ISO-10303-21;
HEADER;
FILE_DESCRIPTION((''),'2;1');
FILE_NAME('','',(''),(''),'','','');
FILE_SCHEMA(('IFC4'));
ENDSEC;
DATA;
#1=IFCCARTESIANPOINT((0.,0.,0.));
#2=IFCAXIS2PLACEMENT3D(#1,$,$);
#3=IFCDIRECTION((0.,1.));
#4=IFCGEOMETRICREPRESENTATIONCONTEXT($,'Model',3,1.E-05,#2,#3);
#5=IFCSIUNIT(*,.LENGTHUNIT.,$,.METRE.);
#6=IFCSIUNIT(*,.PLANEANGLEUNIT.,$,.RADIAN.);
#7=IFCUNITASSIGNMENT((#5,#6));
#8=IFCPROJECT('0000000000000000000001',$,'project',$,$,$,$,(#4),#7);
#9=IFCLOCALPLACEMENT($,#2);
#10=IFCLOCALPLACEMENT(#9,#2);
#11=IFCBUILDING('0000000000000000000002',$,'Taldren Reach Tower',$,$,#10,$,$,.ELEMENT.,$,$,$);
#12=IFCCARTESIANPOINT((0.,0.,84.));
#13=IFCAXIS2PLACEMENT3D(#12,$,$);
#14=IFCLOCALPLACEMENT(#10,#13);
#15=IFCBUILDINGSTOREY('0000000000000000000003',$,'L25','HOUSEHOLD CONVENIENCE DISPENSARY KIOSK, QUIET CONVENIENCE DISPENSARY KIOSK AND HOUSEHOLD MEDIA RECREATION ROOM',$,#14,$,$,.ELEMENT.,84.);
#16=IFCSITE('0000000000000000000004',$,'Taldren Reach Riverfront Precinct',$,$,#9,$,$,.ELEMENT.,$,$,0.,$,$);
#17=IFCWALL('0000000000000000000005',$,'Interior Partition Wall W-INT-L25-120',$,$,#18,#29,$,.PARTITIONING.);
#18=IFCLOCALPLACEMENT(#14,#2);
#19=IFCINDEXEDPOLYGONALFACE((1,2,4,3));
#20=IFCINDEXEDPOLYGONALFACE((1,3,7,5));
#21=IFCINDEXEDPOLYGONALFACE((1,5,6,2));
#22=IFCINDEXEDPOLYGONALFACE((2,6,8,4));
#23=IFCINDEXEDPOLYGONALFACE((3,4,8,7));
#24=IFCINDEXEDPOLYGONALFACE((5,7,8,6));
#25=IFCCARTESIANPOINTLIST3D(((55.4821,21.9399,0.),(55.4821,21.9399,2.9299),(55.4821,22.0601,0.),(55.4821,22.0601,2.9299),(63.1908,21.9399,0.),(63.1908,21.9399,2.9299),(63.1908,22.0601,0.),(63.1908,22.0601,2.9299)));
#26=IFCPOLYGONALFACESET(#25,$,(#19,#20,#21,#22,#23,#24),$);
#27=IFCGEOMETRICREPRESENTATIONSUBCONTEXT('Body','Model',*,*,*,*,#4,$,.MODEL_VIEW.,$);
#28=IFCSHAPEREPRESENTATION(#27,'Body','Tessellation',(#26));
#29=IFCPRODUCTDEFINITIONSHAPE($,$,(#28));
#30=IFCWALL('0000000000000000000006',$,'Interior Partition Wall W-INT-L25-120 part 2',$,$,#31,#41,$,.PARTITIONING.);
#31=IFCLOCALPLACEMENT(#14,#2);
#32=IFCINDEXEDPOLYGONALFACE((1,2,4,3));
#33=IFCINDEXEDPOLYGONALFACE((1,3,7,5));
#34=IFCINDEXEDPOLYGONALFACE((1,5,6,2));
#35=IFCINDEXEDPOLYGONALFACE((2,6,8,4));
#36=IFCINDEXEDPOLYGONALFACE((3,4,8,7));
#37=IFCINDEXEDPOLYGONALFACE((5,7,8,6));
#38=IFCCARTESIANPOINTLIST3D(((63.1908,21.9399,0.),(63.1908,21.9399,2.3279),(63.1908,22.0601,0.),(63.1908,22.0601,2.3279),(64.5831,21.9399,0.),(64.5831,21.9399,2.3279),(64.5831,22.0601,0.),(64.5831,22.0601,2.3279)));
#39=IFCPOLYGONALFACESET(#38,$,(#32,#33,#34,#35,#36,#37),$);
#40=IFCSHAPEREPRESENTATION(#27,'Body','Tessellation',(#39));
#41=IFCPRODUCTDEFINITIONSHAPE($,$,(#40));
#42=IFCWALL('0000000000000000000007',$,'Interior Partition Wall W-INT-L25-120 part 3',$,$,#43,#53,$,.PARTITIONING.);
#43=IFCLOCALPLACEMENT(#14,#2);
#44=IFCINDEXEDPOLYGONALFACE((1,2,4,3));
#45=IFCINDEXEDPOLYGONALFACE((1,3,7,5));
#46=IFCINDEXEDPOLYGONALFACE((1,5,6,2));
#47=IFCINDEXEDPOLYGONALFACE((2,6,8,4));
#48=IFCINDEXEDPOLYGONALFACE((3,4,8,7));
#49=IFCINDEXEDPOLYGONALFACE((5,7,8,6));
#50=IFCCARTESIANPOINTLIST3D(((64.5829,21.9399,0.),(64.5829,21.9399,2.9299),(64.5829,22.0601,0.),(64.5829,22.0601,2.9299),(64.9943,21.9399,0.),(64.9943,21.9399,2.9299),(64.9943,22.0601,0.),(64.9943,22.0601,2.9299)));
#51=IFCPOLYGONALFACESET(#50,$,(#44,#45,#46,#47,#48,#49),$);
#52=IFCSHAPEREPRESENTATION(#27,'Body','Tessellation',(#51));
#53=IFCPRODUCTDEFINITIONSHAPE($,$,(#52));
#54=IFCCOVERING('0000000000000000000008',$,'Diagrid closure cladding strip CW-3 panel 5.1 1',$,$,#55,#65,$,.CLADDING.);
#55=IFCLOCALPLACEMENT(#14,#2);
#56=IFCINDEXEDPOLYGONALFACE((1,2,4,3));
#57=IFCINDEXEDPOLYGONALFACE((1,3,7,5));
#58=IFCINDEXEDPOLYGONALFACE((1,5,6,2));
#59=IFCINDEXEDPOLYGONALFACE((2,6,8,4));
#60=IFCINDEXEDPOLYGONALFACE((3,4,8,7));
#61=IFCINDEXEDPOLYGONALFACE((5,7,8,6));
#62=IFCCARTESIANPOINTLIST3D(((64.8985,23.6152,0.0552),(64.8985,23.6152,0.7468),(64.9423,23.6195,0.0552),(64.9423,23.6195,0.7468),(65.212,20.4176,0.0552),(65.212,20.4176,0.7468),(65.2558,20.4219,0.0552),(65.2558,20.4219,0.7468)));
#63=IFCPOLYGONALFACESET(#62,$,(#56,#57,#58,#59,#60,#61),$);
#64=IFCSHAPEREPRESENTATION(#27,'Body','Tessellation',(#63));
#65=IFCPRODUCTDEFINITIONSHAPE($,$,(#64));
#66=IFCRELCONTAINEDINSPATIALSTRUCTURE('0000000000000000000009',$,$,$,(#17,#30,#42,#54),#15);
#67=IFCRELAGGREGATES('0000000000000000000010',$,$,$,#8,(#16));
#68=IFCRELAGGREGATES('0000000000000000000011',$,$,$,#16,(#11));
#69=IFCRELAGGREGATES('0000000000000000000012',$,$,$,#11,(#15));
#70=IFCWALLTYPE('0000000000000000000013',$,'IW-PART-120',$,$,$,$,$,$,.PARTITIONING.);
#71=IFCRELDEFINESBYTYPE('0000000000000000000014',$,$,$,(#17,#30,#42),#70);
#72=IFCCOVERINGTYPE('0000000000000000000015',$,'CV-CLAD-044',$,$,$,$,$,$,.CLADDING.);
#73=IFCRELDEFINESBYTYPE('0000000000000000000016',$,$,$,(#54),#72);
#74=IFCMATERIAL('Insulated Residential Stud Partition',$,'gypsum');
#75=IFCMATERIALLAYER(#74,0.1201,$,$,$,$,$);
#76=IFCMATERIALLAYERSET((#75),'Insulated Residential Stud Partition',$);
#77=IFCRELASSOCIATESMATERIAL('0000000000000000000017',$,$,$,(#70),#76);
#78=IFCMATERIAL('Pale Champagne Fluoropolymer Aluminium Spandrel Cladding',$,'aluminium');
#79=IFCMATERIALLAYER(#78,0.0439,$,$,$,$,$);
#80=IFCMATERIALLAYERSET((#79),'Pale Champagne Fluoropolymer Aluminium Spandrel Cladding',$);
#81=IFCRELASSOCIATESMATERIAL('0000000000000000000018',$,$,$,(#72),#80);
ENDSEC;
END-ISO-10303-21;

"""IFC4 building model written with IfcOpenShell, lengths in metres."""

from ifc_helpers import new_model, si_unit, direction, frame, frame_2d, origin, origin_2d, place, context, subcontext, project, spatial, rectangle, extrude, source, transform, mapped, material, layer, layer_set, type_object, element, save


model = new_model("IFC4")

# Units and contexts
model_context = context("Model", 3, precision=1e-05, world=origin(), true_north=direction((0.0, 1.0)))
body_context = subcontext(model_context, "Body", "Model", "MODEL_VIEW")
ifc_project = project(units=[si_unit("LENGTHUNIT", "METRE"), si_unit("PLANEANGLEUNIT", "RADIAN")], contexts=[model_context])

# Site, building, storey
site_placement = place(None, origin())
site = spatial("IfcSite", under=ifc_project, at=site_placement, Name="Taldren Reach Riverfront Precinct", CompositionType="ELEMENT", RefElevation=0.0)
building_placement = place(site_placement, origin())
building = spatial("IfcBuilding", under=site, at=building_placement, Name="Taldren Reach Tower", CompositionType="ELEMENT")
storey_placement = place(building_placement, frame((0.0, 0.0, 84.0)))
storey = spatial("IfcBuildingStorey", under=building, at=storey_placement, Name="L25", Description="HOUSEHOLD CONVENIENCE DISPENSARY KIOSK, QUIET CONVENIENCE DISPENSARY KIOSK AND HOUSEHOLD MEDIA RECREATION ROOM", CompositionType="ELEMENT", Elevation=84.0)

# Walls
ifc_material_1 = material(Name="Insulated Residential Stud Partition", Category="gypsum")
ifc_layer_1 = layer(ifc_material_1, 0.1201)
ifc_layer_set_1 = layer_set([ifc_layer_1], Name="Insulated Residential Stud Partition")
wall_type_1 = type_object("IfcWallType", Name="IW-PART-120", PredefinedType="PARTITIONING", material=ifc_layer_set_1)
shared_shape_1 = source(origin(), body_context, "Body", "SweptSolid", [
    extrude(rectangle(XDim=7.7087, YDim=0.1201, at=frame_2d((3.8545, 0.0))), origin(), (0.0, 0.0, 1.0), 2.9299),
])
wall_1_placement = place(storey_placement, frame((55.4819, 22.0, 0.0), z_axis=(0.0, 0.0, 1.0), x_axis=(1.0, 0.0, 0.0)))
element("IfcWall", 1, at=wall_1_placement, inside=storey, type_object=wall_type_1, Name="Interior Partition Wall W-INT-L25-120", PredefinedType="PARTITIONING", context=body_context, shape_type="MappedRepresentation", body=[
    mapped(shared_shape_1, transform((0.0, 0.0, 0.0), scale=1.0)),
])
shared_shape_2 = source(origin(), body_context, "Body", "SweptSolid", [
    extrude(rectangle(XDim=1.3923, YDim=0.1201, at=frame_2d((0.6963, 0.0))), origin(), (0.0, 0.0, 1.0), 2.3279),
])
wall_2_placement = place(storey_placement, frame((63.1907, 22.0, 0.0), z_axis=(0.0, 0.0, 1.0), x_axis=(1.0, 0.0, 0.0)))
element("IfcWall", 2, at=wall_2_placement, inside=storey, type_object=wall_type_1, Name="Interior Partition Wall W-INT-L25-120 part 2", PredefinedType="PARTITIONING", context=body_context, shape_type="MappedRepresentation", body=[
    mapped(shared_shape_2, transform((0.0, 0.0, 0.0), scale=1.0)),
])
shared_shape_3 = source(origin(), body_context, "Body", "SweptSolid", [
    extrude(rectangle(XDim=0.4114, YDim=0.1201, at=frame_2d((0.2056, 0.0))), origin(), (0.0, 0.0, 1.0), 2.9299),
])
wall_3_placement = place(storey_placement, frame((64.583, 22.0, 0.0), z_axis=(0.0, 0.0, 1.0), x_axis=(1.0, 0.0, 0.0)))
element("IfcWall", 3, at=wall_3_placement, inside=storey, type_object=wall_type_1, Name="Interior Partition Wall W-INT-L25-120 part 3", PredefinedType="PARTITIONING", context=body_context, shape_type="MappedRepresentation", body=[
    mapped(shared_shape_3, transform((0.0, 0.0, 0.0), scale=1.0)),
])

# Covering
ifc_material_2 = material(Name="Pale Champagne Fluoropolymer Aluminium Spandrel Cladding", Category="aluminium")
ifc_layer_2 = layer(ifc_material_2, 0.0439)
ifc_layer_set_2 = layer_set([ifc_layer_2], Name="Pale Champagne Fluoropolymer Aluminium Spandrel Cladding")
covering_type = type_object("IfcCoveringType", Name="CV-CLAD-044", PredefinedType="CLADDING", material=ifc_layer_set_2)
shared_shape_4 = source(origin(), body_context, "Body", "SweptSolid", [
    extrude(rectangle(XDim=3.2129, YDim=0.0439, at=origin_2d()), origin(), (0.0, 0.0, 1.0), 0.6917),
])
covering_placement = place(storey_placement, frame((65.0771, 22.0186, 0.0552), z_axis=(0.0, 0.0, 1.0), x_axis=(-0.097583, 0.995227, 0.0)))
element("IfcCovering", 4, at=covering_placement, inside=storey, type_object=covering_type, Name="Diagrid closure cladding strip CW-3 panel 5.1 1", PredefinedType="CLADDING", context=body_context, shape_type="MappedRepresentation", body=[
    mapped(shared_shape_4, transform((0.0, 0.0, 0.0), scale=1.0)),
])

save(model, "model.ifc")
